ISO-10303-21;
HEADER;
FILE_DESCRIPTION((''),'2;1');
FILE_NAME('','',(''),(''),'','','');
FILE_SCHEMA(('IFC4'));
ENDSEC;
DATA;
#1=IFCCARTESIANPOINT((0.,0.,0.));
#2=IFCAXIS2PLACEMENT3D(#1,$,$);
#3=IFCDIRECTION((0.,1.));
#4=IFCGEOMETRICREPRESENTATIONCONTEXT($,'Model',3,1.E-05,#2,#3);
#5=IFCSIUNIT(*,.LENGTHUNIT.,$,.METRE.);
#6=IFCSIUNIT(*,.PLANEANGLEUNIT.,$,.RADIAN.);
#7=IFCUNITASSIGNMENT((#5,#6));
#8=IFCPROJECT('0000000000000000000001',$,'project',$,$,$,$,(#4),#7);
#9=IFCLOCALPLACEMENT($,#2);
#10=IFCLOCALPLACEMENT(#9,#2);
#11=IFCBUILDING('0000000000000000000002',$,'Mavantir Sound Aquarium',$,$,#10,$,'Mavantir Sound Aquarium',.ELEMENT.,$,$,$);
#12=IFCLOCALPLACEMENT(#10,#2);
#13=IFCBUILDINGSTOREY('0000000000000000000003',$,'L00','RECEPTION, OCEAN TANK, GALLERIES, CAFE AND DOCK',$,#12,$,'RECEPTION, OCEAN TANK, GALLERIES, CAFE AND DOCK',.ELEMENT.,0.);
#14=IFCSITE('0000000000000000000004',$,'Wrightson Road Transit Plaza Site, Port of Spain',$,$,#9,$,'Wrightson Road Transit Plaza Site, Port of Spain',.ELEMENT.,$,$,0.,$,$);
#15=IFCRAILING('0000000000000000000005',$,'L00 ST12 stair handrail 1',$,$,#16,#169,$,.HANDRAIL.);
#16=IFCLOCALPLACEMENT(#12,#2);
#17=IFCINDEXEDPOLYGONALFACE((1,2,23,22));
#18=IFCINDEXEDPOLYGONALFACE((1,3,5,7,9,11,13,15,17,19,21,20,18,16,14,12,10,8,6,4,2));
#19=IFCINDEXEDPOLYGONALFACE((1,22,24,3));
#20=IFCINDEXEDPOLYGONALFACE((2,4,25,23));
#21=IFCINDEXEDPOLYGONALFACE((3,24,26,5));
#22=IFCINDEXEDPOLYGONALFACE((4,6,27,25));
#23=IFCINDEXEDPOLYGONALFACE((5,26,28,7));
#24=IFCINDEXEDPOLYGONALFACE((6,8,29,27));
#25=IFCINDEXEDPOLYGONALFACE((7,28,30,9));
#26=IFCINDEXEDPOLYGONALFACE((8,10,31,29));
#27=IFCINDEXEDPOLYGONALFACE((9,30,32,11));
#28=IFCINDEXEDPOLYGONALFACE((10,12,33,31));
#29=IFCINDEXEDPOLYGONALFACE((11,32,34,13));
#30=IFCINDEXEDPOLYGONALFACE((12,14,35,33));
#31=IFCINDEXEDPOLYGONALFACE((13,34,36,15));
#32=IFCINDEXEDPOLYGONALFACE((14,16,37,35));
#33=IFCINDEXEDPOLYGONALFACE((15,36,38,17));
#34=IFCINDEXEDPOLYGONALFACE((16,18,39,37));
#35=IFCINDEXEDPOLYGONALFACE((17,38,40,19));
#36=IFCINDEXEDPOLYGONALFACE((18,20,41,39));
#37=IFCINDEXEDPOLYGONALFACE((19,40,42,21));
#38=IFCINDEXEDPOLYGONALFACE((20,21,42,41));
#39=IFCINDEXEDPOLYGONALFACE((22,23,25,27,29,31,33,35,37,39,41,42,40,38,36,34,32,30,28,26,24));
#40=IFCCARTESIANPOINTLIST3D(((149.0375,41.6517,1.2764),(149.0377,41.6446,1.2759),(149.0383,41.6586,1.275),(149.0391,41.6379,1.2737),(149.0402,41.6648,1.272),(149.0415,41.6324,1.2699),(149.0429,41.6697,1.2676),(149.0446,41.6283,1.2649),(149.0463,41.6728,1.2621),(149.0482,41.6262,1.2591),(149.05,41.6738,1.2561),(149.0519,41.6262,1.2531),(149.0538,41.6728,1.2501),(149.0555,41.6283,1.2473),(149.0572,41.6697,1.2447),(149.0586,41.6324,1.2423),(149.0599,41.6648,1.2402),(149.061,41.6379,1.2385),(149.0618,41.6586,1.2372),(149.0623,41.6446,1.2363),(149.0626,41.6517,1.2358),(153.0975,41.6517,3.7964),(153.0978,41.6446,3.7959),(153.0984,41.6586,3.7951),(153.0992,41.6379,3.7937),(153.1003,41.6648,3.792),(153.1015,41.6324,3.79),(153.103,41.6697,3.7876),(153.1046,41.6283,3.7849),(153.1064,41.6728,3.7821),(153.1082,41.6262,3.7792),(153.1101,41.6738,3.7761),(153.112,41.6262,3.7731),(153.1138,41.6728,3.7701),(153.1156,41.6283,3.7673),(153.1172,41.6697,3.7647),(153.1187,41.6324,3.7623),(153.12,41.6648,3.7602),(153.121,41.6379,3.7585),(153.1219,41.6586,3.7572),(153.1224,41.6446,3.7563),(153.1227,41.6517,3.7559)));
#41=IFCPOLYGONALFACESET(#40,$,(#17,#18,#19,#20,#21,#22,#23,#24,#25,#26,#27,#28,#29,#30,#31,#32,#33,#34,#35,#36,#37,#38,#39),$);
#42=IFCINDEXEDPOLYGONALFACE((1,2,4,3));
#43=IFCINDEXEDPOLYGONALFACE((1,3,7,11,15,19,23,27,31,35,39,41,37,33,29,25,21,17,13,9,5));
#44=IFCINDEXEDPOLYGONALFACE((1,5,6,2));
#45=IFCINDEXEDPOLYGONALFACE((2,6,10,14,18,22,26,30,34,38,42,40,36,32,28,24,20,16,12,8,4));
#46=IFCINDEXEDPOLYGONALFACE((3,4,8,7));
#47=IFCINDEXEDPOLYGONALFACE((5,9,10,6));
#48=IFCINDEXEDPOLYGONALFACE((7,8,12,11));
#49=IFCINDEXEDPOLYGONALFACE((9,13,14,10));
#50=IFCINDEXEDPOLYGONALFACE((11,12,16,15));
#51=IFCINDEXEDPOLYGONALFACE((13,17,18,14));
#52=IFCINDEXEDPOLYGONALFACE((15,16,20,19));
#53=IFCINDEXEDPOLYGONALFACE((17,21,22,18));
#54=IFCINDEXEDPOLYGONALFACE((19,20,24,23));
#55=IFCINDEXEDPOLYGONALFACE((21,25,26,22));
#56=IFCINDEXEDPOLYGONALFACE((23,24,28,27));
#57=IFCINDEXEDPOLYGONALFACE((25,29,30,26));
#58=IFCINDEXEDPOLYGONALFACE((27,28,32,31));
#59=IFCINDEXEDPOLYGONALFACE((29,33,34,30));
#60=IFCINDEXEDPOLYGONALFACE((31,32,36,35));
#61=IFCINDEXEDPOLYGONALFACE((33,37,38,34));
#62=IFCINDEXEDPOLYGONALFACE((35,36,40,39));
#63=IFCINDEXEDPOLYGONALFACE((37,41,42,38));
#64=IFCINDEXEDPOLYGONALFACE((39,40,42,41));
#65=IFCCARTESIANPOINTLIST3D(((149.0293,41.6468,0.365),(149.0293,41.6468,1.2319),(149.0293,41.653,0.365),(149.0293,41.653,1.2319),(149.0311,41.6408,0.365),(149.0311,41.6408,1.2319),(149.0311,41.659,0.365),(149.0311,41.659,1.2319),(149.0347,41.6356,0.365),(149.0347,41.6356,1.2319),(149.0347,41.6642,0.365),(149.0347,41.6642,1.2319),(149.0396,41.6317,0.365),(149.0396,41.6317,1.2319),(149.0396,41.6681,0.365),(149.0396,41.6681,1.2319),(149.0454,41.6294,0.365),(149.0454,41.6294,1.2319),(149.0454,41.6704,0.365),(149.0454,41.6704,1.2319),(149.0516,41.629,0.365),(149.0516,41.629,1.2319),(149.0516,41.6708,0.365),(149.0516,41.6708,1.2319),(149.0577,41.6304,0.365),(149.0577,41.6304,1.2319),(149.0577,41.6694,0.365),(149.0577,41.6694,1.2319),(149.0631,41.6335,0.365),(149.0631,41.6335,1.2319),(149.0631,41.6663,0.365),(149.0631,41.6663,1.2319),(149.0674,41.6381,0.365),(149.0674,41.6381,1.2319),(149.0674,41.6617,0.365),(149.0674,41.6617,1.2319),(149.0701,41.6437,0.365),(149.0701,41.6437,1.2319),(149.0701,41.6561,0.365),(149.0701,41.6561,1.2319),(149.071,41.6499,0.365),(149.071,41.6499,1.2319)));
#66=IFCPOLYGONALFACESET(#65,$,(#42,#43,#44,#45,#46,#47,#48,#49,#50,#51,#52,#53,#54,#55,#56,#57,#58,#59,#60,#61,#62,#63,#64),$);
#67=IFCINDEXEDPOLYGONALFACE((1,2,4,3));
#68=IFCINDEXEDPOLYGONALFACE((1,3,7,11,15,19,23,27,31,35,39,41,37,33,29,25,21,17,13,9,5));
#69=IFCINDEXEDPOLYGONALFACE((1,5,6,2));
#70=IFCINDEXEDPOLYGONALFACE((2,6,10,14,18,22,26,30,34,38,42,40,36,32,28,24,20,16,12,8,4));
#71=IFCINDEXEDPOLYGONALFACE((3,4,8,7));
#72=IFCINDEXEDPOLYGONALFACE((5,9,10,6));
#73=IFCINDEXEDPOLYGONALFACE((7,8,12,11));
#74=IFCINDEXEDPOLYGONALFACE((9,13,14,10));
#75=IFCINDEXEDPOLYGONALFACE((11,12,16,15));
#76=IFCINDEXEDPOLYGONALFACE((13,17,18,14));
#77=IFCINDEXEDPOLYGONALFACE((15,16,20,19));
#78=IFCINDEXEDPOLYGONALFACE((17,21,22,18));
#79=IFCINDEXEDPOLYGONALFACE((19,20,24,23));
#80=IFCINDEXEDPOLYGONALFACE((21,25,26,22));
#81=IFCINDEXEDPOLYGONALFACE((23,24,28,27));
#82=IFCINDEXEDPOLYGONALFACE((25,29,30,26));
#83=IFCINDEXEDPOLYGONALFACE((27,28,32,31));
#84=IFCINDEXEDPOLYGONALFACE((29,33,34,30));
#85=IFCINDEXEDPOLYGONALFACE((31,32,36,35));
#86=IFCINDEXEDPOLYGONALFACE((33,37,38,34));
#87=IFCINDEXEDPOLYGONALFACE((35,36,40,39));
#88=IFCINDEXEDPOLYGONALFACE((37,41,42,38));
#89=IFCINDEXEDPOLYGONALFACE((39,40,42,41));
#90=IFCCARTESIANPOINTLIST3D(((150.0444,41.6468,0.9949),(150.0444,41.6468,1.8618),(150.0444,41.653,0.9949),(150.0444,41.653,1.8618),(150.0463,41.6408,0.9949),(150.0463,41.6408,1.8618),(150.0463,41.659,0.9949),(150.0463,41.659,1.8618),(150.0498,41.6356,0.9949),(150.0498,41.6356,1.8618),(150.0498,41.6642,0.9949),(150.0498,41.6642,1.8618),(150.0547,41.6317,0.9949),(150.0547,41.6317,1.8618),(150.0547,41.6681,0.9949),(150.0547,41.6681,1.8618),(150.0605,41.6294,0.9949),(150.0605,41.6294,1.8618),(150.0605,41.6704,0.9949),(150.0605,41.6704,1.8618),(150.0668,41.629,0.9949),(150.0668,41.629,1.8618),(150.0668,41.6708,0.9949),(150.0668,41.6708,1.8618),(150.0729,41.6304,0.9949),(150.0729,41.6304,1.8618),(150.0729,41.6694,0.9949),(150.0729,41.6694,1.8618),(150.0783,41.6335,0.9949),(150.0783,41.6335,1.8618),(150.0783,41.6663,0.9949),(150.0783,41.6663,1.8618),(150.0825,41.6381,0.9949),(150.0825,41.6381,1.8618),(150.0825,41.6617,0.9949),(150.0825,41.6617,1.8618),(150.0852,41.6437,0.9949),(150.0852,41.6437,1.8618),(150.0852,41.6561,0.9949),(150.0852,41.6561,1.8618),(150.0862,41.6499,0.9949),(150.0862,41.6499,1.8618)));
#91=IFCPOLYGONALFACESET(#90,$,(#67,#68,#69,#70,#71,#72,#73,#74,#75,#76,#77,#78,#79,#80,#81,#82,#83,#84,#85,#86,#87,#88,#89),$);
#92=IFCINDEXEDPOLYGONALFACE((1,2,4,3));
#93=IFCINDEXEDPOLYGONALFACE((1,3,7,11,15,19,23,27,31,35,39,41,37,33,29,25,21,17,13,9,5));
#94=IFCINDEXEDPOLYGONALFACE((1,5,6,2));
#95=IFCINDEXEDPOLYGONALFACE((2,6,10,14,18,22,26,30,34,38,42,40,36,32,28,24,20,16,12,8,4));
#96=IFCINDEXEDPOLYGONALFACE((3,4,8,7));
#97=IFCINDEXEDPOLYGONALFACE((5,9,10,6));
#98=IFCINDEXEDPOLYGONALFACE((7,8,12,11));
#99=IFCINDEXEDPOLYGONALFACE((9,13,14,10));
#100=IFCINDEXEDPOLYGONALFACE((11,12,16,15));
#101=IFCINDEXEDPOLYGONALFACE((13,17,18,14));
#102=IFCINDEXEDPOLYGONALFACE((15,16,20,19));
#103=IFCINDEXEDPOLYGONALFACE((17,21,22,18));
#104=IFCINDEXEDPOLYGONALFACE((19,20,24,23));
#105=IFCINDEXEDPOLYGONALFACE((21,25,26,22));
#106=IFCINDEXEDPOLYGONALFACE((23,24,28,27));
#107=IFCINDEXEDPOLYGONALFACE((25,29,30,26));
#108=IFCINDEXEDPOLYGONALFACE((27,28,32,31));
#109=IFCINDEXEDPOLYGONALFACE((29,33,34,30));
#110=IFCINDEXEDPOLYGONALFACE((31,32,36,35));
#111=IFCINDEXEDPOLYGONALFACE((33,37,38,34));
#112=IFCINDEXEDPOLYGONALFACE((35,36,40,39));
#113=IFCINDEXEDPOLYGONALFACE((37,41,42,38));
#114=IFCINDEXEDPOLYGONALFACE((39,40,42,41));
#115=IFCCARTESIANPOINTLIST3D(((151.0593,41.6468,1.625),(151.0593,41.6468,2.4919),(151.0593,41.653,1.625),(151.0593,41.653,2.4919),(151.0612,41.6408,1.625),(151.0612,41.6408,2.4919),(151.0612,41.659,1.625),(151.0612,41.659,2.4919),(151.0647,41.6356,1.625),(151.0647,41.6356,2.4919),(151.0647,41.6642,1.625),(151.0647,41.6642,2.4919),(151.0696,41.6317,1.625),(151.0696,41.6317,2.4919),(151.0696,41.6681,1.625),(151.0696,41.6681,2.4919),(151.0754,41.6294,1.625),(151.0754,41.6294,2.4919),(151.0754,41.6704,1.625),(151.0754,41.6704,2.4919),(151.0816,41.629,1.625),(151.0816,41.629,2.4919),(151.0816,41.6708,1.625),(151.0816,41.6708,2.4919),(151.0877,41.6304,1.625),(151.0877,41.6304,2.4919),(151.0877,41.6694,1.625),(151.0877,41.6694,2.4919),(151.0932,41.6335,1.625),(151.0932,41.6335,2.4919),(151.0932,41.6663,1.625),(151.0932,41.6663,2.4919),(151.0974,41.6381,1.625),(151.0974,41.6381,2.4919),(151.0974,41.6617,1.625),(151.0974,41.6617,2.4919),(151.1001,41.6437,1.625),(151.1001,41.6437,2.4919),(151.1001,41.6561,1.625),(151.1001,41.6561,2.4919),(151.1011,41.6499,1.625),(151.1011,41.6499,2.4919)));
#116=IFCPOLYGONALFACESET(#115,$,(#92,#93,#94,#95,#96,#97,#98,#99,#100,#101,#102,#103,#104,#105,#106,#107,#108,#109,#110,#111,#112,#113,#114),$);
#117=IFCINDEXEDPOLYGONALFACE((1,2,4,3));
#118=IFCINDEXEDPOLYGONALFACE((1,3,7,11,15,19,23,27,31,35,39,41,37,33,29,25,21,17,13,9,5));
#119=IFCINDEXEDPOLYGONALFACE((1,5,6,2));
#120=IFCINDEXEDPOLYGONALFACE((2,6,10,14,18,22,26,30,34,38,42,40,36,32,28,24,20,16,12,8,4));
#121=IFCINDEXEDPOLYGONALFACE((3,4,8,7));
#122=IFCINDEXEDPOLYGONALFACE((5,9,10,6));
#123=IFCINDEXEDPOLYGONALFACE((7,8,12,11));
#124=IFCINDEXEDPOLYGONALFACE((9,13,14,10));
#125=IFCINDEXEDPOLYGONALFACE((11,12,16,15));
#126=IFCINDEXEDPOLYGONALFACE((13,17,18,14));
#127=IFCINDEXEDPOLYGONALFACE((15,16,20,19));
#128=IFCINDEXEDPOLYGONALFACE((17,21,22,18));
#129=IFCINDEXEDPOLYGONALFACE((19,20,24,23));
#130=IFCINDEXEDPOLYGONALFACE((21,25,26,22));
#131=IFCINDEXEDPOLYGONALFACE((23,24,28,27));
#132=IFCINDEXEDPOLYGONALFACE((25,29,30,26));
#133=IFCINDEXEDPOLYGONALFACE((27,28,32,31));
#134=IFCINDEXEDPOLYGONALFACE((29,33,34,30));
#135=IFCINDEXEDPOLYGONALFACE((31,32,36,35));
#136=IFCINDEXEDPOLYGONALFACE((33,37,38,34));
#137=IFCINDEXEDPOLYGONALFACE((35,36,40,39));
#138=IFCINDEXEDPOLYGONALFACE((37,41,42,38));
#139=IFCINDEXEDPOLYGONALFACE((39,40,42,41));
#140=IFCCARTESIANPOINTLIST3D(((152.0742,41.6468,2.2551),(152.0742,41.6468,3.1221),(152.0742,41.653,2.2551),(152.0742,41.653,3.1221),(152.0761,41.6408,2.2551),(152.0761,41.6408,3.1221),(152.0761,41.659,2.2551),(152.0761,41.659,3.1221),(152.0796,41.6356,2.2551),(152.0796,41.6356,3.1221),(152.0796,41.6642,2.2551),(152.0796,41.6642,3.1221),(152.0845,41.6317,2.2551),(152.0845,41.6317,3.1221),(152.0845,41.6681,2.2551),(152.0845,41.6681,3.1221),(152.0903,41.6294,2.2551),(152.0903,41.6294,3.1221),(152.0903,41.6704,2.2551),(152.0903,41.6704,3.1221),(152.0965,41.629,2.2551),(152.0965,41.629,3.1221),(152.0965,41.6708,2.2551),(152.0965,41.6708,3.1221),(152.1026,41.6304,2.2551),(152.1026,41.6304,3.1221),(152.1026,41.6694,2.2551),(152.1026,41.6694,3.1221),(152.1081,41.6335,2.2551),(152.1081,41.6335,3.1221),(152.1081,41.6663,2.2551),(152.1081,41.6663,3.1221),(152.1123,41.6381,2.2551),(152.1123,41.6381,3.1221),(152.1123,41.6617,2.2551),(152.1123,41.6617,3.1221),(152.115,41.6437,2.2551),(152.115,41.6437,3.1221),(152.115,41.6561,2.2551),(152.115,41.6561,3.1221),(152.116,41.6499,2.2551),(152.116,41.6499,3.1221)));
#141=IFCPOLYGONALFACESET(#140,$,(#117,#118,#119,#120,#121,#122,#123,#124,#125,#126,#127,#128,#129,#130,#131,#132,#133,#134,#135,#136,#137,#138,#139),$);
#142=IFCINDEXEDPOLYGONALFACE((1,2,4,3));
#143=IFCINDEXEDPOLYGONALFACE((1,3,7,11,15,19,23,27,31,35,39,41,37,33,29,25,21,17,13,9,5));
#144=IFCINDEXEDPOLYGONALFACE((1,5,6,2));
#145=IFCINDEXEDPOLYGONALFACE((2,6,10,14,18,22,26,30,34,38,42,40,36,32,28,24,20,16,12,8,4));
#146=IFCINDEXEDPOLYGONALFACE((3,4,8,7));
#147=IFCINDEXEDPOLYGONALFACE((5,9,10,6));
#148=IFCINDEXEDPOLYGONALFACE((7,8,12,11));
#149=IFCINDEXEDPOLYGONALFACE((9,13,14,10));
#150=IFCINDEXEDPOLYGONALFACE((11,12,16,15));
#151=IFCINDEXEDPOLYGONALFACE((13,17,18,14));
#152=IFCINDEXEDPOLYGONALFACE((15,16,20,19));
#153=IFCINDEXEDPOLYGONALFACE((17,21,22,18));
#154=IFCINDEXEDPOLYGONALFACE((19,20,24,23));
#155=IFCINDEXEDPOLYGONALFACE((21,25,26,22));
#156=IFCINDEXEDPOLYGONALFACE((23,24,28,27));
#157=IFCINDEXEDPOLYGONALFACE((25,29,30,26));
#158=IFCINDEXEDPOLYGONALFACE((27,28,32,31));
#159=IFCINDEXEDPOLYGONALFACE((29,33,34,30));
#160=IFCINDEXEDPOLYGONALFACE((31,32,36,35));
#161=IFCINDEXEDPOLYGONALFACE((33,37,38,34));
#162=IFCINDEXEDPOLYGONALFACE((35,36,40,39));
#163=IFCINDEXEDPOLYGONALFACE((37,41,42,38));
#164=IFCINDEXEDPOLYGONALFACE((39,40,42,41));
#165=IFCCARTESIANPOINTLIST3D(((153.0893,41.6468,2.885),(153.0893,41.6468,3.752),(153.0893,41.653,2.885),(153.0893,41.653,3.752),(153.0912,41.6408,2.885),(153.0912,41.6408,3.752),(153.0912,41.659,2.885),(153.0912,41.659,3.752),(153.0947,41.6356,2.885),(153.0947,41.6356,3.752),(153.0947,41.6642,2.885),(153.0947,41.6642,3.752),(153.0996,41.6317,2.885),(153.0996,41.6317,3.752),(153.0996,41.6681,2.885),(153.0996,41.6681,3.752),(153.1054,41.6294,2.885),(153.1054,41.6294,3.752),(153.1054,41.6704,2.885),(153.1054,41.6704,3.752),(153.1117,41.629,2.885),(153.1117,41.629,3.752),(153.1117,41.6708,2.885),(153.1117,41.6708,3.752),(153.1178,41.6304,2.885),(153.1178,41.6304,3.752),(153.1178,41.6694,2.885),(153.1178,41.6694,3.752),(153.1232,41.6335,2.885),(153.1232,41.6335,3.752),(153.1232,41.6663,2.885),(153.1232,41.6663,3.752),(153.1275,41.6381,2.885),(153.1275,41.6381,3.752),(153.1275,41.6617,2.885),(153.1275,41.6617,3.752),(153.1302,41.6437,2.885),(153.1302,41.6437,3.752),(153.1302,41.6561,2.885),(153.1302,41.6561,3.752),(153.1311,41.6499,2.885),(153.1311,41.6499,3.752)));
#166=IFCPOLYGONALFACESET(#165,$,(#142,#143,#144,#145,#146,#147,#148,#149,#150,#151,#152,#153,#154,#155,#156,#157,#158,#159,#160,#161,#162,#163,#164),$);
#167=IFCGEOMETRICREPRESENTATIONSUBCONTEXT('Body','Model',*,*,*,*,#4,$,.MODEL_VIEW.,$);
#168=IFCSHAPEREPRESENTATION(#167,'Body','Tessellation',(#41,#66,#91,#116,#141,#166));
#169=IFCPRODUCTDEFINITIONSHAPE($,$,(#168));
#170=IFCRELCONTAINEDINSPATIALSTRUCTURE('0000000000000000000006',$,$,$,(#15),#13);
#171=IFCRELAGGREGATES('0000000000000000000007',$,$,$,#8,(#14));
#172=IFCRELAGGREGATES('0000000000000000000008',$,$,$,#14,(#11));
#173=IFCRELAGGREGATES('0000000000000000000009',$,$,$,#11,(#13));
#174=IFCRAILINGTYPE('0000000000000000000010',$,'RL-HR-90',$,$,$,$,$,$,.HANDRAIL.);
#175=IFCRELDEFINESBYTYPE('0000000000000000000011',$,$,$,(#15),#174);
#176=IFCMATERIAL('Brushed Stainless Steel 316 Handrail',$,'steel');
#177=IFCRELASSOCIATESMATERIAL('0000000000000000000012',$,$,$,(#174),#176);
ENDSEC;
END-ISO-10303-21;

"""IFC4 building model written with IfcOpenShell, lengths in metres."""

from ifc_helpers import new_model, si_unit, direction, frame, origin, origin_2d, place, context, subcontext, project, spatial, circle, extrude, material, type_object, element, save


model = new_model("IFC4")

# Units and contexts
model_context = context("Model", 3, precision=1e-05, world=origin(), true_north=direction((0.0, 1.0)))
body_context = subcontext(model_context, "Body", "Model", "MODEL_VIEW")
ifc_project = project(units=[si_unit("LENGTHUNIT", "METRE"), si_unit("PLANEANGLEUNIT", "RADIAN")], contexts=[model_context])

# Site, building, storey
site_placement = place(None, origin())
site = spatial("IfcSite", under=ifc_project, at=site_placement, Name="Wrightson Road Transit Plaza Site, Port of Spain", LongName="Wrightson Road Transit Plaza Site, Port of Spain", CompositionType="ELEMENT", RefElevation=0.0)
building_placement = place(site_placement, origin())
building = spatial("IfcBuilding", under=site, at=building_placement, Name="Mavantir Sound Aquarium", LongName="Mavantir Sound Aquarium", CompositionType="ELEMENT")
storey_placement = place(building_placement, origin())
storey = spatial("IfcBuildingStorey", under=building, at=storey_placement, Name="L00", Description="RECEPTION, OCEAN TANK, GALLERIES, CAFE AND DOCK", LongName="RECEPTION, OCEAN TANK, GALLERIES, CAFE AND DOCK", CompositionType="ELEMENT", Elevation=0.0)

# Railing
ifc_material_1 = material(Name="Brushed Stainless Steel 316 Handrail", Category="steel")
railing_type_1 = type_object("IfcRailingType", Name="RL-HR-90", PredefinedType="HANDRAIL", material=ifc_material_1)
railing_1_placement = place(storey_placement, frame((149.05, 41.6499, 0.365)))
element("IfcRailing", 1, at=railing_1_placement, inside=storey, type_object=railing_type_1, Name="L00 ST12 stair handrail 1", PredefinedType="HANDRAIL", context=body_context, shape_type="SweptSolid", body=[
    extrude(circle(Radius=0.0239, at=origin_2d()), frame((0.0, 0.0, 0.8911), z_axis=(0.849642, 0.0, 0.52736), x_axis=(0.0, 1.0, 0.0)), (0.0, 0.0, 1.0), 4.7786),
    extrude(circle(Radius=0.021, at=origin_2d()), origin(), (0.0, 0.0, 1.0), 0.8669),
    extrude(circle(Radius=0.021, at=origin_2d()), frame((1.0151, 0.0, 0.6299)), (0.0, 0.0, 1.0), 0.8669),
    extrude(circle(Radius=0.021, at=origin_2d()), frame((2.03, 0.0, 1.26)), (0.0, 0.0, 1.0), 0.8669),
    extrude(circle(Radius=0.021, at=origin_2d()), frame((3.0449, 0.0, 1.8901)), (0.0, 0.0, 1.0), 0.8669),
    extrude(circle(Radius=0.021, at=origin_2d()), frame((4.0601, 0.0, 2.52)), (0.0, 0.0, 1.0), 0.8669),
])

save(model, "model.ifc")
